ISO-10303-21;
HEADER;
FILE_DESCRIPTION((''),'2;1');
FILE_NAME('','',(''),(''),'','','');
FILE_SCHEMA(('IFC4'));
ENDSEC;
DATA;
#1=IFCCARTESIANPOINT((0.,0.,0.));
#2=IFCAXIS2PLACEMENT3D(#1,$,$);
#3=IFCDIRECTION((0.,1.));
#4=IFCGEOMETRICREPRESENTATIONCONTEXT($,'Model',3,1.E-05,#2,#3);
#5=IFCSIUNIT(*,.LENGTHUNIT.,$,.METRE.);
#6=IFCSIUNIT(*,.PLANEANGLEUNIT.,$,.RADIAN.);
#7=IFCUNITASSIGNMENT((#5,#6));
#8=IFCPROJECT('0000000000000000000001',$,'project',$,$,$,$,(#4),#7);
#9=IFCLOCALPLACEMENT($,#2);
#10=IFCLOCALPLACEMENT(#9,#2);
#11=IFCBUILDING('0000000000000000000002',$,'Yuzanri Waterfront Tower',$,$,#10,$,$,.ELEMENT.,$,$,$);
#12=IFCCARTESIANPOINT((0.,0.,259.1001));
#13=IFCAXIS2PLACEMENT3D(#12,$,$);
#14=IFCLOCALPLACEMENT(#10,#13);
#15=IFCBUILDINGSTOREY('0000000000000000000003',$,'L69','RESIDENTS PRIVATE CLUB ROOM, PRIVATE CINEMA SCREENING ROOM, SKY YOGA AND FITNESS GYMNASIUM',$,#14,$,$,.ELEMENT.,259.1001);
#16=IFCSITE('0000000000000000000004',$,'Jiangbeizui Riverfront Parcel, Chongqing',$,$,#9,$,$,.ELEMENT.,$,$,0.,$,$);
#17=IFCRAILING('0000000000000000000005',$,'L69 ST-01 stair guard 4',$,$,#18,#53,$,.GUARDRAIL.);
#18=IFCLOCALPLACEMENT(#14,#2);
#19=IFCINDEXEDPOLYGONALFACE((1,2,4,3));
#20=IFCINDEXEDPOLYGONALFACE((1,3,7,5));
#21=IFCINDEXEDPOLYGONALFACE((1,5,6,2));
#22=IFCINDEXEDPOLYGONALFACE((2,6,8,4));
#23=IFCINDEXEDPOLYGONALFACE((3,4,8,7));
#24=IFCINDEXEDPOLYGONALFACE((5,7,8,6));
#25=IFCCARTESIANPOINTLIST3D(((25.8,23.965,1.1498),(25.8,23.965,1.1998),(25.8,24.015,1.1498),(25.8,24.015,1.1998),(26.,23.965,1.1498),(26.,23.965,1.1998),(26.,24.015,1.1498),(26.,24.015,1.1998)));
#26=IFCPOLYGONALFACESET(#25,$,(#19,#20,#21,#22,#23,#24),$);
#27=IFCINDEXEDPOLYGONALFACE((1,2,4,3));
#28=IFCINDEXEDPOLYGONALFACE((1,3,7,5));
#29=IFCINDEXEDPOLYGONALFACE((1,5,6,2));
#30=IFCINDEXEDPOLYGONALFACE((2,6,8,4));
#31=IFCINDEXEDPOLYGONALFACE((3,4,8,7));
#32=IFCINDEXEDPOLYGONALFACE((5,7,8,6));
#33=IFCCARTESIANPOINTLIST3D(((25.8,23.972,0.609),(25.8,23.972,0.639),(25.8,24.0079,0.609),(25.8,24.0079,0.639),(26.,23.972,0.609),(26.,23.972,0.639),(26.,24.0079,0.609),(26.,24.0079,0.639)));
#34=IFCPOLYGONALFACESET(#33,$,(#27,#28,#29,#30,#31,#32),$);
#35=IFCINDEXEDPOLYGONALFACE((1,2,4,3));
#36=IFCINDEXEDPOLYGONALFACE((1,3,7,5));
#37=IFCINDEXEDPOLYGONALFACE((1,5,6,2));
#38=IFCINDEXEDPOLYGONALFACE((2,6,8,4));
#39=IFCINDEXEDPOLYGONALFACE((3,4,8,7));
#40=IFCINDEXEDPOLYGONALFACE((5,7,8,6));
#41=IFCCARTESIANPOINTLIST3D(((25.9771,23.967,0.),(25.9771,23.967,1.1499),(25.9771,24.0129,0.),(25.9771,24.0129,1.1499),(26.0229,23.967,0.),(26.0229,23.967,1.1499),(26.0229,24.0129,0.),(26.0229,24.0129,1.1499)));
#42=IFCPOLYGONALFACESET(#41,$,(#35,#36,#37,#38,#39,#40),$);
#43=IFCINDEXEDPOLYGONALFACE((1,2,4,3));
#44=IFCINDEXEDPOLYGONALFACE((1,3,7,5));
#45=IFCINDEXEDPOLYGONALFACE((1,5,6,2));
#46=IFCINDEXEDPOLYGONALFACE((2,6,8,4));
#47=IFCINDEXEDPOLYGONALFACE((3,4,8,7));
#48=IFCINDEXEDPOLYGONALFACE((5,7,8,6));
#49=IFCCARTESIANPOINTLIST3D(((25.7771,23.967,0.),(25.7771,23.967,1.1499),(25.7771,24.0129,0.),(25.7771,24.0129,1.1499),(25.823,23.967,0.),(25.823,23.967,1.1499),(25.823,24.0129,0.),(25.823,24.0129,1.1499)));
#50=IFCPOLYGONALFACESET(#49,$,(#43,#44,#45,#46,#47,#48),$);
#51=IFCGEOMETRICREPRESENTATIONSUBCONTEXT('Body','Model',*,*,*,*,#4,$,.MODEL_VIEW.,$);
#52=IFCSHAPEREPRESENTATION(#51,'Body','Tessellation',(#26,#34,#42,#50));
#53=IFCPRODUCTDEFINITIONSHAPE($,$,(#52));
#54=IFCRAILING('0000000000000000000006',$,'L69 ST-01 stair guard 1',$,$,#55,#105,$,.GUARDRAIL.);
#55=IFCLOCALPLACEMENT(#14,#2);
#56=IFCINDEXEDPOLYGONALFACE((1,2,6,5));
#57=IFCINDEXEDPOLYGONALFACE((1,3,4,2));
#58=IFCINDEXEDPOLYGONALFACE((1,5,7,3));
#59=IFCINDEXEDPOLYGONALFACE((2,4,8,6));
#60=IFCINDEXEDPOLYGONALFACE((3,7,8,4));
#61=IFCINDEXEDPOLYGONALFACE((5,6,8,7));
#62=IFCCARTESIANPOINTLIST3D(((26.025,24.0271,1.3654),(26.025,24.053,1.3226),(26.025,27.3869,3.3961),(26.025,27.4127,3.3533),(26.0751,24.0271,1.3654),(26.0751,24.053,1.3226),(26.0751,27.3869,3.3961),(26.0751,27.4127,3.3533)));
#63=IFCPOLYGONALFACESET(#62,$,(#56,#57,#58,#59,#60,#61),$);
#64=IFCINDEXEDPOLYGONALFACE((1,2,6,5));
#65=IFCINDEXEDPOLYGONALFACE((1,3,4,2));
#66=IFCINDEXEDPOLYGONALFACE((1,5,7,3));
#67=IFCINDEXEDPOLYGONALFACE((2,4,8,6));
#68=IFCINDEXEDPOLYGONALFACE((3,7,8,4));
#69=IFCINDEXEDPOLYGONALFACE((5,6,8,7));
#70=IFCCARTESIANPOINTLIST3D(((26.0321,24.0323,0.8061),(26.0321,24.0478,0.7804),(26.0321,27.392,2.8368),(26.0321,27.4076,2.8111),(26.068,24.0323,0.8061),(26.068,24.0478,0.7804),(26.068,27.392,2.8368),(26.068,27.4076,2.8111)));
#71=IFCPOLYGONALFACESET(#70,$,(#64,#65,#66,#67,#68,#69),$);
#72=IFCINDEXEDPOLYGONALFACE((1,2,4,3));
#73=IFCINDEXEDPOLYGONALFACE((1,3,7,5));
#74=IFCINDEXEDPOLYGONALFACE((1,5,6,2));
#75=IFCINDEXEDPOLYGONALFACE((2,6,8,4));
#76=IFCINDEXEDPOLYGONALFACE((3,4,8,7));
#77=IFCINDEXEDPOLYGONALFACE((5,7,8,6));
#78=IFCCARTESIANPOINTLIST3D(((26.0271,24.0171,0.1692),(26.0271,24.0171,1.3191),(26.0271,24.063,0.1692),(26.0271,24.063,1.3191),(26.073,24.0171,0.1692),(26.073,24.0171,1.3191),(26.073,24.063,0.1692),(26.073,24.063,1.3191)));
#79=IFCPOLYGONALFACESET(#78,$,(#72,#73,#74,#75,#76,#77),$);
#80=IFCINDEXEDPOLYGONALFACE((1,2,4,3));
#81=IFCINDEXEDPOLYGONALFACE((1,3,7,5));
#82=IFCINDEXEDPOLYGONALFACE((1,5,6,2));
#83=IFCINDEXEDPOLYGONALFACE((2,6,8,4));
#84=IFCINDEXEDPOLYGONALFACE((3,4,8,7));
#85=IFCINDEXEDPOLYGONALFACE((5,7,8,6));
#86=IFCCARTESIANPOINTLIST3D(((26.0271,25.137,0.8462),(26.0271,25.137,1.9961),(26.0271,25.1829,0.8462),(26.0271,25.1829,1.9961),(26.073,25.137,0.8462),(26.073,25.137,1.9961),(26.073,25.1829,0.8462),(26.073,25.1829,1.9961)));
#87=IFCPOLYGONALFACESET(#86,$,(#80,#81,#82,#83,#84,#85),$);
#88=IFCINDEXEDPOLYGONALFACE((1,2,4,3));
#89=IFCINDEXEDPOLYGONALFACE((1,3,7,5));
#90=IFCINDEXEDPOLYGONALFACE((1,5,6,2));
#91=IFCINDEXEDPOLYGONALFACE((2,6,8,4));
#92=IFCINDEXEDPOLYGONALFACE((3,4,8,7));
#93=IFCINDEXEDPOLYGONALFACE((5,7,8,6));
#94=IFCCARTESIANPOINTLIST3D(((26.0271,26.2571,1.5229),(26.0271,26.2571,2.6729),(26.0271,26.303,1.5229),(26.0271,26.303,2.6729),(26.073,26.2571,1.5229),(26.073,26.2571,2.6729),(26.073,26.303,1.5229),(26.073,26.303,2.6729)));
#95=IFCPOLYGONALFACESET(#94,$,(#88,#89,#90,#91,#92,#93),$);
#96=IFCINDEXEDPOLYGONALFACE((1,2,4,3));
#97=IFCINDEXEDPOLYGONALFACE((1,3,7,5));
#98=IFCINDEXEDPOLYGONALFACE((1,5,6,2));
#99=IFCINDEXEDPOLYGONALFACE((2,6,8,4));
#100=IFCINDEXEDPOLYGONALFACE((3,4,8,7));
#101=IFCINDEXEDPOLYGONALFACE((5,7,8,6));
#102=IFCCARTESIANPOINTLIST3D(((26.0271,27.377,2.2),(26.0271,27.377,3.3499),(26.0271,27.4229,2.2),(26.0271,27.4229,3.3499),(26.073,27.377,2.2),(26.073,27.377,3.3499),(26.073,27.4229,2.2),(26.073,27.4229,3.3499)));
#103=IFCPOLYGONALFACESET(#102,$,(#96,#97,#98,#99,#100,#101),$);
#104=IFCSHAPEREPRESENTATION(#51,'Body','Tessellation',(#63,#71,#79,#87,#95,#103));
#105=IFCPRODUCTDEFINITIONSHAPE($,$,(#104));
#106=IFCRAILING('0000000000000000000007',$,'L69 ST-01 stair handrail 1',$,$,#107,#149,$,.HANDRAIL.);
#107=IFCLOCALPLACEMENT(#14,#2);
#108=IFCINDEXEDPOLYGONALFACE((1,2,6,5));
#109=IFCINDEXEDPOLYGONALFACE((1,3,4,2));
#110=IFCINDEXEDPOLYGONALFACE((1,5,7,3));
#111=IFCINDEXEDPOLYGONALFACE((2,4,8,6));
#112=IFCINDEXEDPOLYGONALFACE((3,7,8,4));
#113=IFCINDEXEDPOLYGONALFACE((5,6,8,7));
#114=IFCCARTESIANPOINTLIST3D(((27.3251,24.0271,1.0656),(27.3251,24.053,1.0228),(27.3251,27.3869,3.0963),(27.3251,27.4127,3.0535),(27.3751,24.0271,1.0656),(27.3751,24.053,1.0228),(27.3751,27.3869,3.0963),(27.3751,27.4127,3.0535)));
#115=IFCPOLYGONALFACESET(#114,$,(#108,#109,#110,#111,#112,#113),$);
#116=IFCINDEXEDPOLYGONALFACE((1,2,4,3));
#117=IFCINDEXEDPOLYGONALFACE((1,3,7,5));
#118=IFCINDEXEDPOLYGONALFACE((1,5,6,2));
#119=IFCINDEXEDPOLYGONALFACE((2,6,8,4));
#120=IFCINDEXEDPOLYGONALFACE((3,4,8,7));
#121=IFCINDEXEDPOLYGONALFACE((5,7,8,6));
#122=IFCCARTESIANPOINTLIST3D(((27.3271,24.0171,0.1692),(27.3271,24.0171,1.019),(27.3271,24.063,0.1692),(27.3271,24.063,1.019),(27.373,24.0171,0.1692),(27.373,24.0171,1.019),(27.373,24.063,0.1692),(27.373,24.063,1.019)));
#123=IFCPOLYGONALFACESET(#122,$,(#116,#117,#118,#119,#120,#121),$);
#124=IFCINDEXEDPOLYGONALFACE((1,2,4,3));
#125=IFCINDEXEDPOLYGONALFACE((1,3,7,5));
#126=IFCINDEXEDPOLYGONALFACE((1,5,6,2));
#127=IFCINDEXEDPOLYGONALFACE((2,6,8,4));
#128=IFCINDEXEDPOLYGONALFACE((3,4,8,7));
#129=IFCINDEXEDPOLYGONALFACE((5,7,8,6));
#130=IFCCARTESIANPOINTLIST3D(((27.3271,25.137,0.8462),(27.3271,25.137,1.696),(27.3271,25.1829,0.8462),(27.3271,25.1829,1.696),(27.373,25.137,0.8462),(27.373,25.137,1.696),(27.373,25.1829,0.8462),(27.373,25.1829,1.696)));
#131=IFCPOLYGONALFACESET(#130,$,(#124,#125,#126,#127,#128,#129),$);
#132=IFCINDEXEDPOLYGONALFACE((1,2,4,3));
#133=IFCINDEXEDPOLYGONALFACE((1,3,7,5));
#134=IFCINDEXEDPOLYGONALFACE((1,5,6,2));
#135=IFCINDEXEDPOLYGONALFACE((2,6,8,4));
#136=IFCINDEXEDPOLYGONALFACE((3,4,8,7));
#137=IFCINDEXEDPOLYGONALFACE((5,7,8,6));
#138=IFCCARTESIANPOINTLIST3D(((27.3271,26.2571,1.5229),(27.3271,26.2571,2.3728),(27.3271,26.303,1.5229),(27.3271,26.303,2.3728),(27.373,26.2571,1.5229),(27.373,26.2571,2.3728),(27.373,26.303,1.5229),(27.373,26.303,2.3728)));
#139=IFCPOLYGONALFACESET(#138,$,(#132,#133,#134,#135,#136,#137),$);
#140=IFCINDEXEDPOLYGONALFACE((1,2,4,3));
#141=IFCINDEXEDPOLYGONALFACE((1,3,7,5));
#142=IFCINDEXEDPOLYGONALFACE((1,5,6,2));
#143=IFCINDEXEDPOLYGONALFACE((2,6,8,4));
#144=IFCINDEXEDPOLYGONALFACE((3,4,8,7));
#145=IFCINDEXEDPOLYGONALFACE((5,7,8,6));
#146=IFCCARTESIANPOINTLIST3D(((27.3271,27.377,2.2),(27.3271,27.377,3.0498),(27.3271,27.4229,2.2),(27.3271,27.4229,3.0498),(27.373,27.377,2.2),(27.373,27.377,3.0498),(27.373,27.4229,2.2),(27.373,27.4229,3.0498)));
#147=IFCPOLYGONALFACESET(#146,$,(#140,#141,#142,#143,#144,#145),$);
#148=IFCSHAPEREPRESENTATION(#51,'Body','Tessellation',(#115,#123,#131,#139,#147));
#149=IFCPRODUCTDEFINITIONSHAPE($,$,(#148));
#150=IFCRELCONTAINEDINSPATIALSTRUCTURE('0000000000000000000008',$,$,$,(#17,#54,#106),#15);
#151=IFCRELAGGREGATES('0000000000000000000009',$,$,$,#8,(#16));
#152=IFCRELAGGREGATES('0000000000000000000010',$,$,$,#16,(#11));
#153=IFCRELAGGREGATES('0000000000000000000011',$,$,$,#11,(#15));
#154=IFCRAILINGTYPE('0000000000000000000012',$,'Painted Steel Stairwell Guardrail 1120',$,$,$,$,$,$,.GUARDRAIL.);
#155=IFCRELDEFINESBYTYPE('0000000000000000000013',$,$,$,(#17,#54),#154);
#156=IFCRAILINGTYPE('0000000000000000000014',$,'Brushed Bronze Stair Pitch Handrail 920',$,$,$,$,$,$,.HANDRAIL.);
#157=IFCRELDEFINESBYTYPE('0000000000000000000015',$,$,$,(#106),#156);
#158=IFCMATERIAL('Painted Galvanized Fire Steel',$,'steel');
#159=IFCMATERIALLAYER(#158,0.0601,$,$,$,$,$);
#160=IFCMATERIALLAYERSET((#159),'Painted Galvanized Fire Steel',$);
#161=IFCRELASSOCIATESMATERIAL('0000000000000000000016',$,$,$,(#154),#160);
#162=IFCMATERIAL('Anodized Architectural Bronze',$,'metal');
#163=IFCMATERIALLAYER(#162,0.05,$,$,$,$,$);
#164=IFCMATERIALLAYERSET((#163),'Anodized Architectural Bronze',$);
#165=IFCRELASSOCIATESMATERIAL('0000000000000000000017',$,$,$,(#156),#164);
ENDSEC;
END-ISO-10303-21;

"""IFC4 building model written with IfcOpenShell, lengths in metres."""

from ifc_helpers import new_model, si_unit, direction, frame, origin, origin_2d, place, context, subcontext, project, spatial, rectangle, extrude, source, transform, mapped, material, layer, layer_set, type_object, element, save


model = new_model("IFC4")

# Units and contexts
model_context = context("Model", 3, precision=1e-05, world=origin(), true_north=direction((0.0, 1.0)))
body_context = subcontext(model_context, "Body", "Model", "MODEL_VIEW")
ifc_project = project(units=[si_unit("LENGTHUNIT", "METRE"), si_unit("PLANEANGLEUNIT", "RADIAN")], contexts=[model_context])

# Site, building, storey
site_placement = place(None, origin())
site = spatial("IfcSite", under=ifc_project, at=site_placement, Name="Jiangbeizui Riverfront Parcel, Chongqing", CompositionType="ELEMENT", RefElevation=0.0)
building_placement = place(site_placement, origin())
building = spatial("IfcBuilding", under=site, at=building_placement, Name="Yuzanri Waterfront Tower", CompositionType="ELEMENT")
storey_placement = place(building_placement, frame((0.0, 0.0, 259.1001)))
storey = spatial("IfcBuildingStorey", under=building, at=storey_placement, Name="L69", Description="RESIDENTS PRIVATE CLUB ROOM, PRIVATE CINEMA SCREENING ROOM, SKY YOGA AND FITNESS GYMNASIUM", CompositionType="ELEMENT", Elevation=259.1001)

# Railings
ifc_material_1 = material(Name="Painted Galvanized Fire Steel", Category="steel")
ifc_layer_1 = layer(ifc_material_1, 0.0601)
ifc_layer_set_1 = layer_set([ifc_layer_1], Name="Painted Galvanized Fire Steel")
railing_type_1 = type_object("IfcRailingType", Name="Painted Steel Stairwell Guardrail 1120", PredefinedType="GUARDRAIL", material=ifc_layer_set_1)
shared_shape_1 = source(origin(), body_context, "Body", "SweptSolid", [
    extrude(rectangle(XDim=0.05, YDim=0.05, at=origin_2d()), frame((0.0, 0.0, 1.1748), z_axis=(-1.0, 0.0, 0.0), x_axis=(0.0, -1.0, 0.0)), (0.0, 0.0, 1.0), 0.2),
    extrude(rectangle(XDim=0.0359, YDim=0.03, at=origin_2d()), frame((0.0, 0.0, 0.624), z_axis=(-1.0, 0.0, 0.0), x_axis=(0.0, -1.0, 0.0)), (0.0, 0.0, 1.0), 0.2),
    extrude(rectangle(XDim=0.0459, YDim=0.0459, at=origin_2d()), origin(), (0.0, 0.0, 1.0), 1.1499),
    extrude(rectangle(XDim=0.0459, YDim=0.0459, at=origin_2d()), frame((-0.2, 0.0, 0.0)), (0.0, 0.0, 1.0), 1.1499),
])
railing_1_placement = place(storey_placement, frame((26.0, 23.99, 0.0)))
element("IfcRailing", 1, at=railing_1_placement, inside=storey, type_object=railing_type_1, Name="L69 ST-01 stair guard 4", PredefinedType="GUARDRAIL", context=body_context, shape_type="MappedRepresentation", body=[
    mapped(shared_shape_1, transform((0.0, 0.0, 0.0), scale=1.0)),
])
shared_shape_2 = source(origin(), body_context, "Body", "SweptSolid", [
    extrude(rectangle(XDim=0.05, YDim=0.05, at=origin_2d()), frame((0.0, 0.0, 1.1748), z_axis=(0.0, 0.85582, 0.517273), x_axis=(-1.0, 0.0, 0.0)), (0.0, 0.0, 1.0), 3.9258),
    extrude(rectangle(XDim=0.0359, YDim=0.03, at=origin_2d()), frame((0.0, 0.0, 0.624), z_axis=(0.0, 0.85582, 0.517273), x_axis=(-1.0, 0.0, 0.0)), (0.0, 0.0, 1.0), 3.9258),
    extrude(rectangle(XDim=0.0459, YDim=0.0459, at=origin_2d()), origin(), (0.0, 0.0, 1.0), 1.1499),
    extrude(rectangle(XDim=0.0459, YDim=0.0459, at=origin_2d()), frame((0.0, 1.1199, 0.677)), (0.0, 0.0, 1.0), 1.1499),
    extrude(rectangle(XDim=0.0459, YDim=0.0459, at=origin_2d()), frame((0.0, 2.24, 1.3538)), (0.0, 0.0, 1.0), 1.1499),
    extrude(rectangle(XDim=0.0459, YDim=0.0459, at=origin_2d()), frame((0.0, 3.3599, 2.0308)), (0.0, 0.0, 1.0), 1.1499),
])
railing_2_placement = place(storey_placement, frame((26.05, 24.04, 0.1692)))
element("IfcRailing", 2, at=railing_2_placement, inside=storey, type_object=railing_type_1, Name="L69 ST-01 stair guard 1", PredefinedType="GUARDRAIL", context=body_context, shape_type="MappedRepresentation", body=[
    mapped(shared_shape_2, transform((0.0, 0.0, 0.0), scale=1.0)),
])
ifc_material_2 = material(Name="Anodized Architectural Bronze", Category="metal")
ifc_layer_2 = layer(ifc_material_2, 0.05)
ifc_layer_set_2 = layer_set([ifc_layer_2], Name="Anodized Architectural Bronze")
railing_type_2 = type_object("IfcRailingType", Name="Brushed Bronze Stair Pitch Handrail 920", PredefinedType="HANDRAIL", material=ifc_layer_set_2)
shared_shape_3 = source(origin(), body_context, "Body", "SweptSolid", [
    extrude(rectangle(XDim=0.05, YDim=0.05, at=origin_2d()), frame((0.0, 0.0, 0.875), z_axis=(0.0, 0.85582, 0.517273), x_axis=(-1.0, 0.0, 0.0)), (0.0, 0.0, 1.0), 3.9258),
    extrude(rectangle(XDim=0.0459, YDim=0.0459, at=origin_2d()), origin(), (0.0, 0.0, 1.0), 0.8499),
    extrude(rectangle(XDim=0.0459, YDim=0.0459, at=origin_2d()), frame((0.0, 1.1199, 0.677)), (0.0, 0.0, 1.0), 0.8499),
    extrude(rectangle(XDim=0.0459, YDim=0.0459, at=origin_2d()), frame((0.0, 2.24, 1.3538)), (0.0, 0.0, 1.0), 0.8499),
    extrude(rectangle(XDim=0.0459, YDim=0.0459, at=origin_2d()), frame((0.0, 3.3599, 2.0308)), (0.0, 0.0, 1.0), 0.8499),
])
railing_3_placement = place(storey_placement, frame((27.3501, 24.04, 0.1692)))
element("IfcRailing", 3, at=railing_3_placement, inside=storey, type_object=railing_type_2, Name="L69 ST-01 stair handrail 1", PredefinedType="HANDRAIL", context=body_context, shape_type="MappedRepresentation", body=[
    mapped(shared_shape_3, transform((0.0, 0.0, 0.0), scale=1.0)),
])

save(model, "model.ifc")
